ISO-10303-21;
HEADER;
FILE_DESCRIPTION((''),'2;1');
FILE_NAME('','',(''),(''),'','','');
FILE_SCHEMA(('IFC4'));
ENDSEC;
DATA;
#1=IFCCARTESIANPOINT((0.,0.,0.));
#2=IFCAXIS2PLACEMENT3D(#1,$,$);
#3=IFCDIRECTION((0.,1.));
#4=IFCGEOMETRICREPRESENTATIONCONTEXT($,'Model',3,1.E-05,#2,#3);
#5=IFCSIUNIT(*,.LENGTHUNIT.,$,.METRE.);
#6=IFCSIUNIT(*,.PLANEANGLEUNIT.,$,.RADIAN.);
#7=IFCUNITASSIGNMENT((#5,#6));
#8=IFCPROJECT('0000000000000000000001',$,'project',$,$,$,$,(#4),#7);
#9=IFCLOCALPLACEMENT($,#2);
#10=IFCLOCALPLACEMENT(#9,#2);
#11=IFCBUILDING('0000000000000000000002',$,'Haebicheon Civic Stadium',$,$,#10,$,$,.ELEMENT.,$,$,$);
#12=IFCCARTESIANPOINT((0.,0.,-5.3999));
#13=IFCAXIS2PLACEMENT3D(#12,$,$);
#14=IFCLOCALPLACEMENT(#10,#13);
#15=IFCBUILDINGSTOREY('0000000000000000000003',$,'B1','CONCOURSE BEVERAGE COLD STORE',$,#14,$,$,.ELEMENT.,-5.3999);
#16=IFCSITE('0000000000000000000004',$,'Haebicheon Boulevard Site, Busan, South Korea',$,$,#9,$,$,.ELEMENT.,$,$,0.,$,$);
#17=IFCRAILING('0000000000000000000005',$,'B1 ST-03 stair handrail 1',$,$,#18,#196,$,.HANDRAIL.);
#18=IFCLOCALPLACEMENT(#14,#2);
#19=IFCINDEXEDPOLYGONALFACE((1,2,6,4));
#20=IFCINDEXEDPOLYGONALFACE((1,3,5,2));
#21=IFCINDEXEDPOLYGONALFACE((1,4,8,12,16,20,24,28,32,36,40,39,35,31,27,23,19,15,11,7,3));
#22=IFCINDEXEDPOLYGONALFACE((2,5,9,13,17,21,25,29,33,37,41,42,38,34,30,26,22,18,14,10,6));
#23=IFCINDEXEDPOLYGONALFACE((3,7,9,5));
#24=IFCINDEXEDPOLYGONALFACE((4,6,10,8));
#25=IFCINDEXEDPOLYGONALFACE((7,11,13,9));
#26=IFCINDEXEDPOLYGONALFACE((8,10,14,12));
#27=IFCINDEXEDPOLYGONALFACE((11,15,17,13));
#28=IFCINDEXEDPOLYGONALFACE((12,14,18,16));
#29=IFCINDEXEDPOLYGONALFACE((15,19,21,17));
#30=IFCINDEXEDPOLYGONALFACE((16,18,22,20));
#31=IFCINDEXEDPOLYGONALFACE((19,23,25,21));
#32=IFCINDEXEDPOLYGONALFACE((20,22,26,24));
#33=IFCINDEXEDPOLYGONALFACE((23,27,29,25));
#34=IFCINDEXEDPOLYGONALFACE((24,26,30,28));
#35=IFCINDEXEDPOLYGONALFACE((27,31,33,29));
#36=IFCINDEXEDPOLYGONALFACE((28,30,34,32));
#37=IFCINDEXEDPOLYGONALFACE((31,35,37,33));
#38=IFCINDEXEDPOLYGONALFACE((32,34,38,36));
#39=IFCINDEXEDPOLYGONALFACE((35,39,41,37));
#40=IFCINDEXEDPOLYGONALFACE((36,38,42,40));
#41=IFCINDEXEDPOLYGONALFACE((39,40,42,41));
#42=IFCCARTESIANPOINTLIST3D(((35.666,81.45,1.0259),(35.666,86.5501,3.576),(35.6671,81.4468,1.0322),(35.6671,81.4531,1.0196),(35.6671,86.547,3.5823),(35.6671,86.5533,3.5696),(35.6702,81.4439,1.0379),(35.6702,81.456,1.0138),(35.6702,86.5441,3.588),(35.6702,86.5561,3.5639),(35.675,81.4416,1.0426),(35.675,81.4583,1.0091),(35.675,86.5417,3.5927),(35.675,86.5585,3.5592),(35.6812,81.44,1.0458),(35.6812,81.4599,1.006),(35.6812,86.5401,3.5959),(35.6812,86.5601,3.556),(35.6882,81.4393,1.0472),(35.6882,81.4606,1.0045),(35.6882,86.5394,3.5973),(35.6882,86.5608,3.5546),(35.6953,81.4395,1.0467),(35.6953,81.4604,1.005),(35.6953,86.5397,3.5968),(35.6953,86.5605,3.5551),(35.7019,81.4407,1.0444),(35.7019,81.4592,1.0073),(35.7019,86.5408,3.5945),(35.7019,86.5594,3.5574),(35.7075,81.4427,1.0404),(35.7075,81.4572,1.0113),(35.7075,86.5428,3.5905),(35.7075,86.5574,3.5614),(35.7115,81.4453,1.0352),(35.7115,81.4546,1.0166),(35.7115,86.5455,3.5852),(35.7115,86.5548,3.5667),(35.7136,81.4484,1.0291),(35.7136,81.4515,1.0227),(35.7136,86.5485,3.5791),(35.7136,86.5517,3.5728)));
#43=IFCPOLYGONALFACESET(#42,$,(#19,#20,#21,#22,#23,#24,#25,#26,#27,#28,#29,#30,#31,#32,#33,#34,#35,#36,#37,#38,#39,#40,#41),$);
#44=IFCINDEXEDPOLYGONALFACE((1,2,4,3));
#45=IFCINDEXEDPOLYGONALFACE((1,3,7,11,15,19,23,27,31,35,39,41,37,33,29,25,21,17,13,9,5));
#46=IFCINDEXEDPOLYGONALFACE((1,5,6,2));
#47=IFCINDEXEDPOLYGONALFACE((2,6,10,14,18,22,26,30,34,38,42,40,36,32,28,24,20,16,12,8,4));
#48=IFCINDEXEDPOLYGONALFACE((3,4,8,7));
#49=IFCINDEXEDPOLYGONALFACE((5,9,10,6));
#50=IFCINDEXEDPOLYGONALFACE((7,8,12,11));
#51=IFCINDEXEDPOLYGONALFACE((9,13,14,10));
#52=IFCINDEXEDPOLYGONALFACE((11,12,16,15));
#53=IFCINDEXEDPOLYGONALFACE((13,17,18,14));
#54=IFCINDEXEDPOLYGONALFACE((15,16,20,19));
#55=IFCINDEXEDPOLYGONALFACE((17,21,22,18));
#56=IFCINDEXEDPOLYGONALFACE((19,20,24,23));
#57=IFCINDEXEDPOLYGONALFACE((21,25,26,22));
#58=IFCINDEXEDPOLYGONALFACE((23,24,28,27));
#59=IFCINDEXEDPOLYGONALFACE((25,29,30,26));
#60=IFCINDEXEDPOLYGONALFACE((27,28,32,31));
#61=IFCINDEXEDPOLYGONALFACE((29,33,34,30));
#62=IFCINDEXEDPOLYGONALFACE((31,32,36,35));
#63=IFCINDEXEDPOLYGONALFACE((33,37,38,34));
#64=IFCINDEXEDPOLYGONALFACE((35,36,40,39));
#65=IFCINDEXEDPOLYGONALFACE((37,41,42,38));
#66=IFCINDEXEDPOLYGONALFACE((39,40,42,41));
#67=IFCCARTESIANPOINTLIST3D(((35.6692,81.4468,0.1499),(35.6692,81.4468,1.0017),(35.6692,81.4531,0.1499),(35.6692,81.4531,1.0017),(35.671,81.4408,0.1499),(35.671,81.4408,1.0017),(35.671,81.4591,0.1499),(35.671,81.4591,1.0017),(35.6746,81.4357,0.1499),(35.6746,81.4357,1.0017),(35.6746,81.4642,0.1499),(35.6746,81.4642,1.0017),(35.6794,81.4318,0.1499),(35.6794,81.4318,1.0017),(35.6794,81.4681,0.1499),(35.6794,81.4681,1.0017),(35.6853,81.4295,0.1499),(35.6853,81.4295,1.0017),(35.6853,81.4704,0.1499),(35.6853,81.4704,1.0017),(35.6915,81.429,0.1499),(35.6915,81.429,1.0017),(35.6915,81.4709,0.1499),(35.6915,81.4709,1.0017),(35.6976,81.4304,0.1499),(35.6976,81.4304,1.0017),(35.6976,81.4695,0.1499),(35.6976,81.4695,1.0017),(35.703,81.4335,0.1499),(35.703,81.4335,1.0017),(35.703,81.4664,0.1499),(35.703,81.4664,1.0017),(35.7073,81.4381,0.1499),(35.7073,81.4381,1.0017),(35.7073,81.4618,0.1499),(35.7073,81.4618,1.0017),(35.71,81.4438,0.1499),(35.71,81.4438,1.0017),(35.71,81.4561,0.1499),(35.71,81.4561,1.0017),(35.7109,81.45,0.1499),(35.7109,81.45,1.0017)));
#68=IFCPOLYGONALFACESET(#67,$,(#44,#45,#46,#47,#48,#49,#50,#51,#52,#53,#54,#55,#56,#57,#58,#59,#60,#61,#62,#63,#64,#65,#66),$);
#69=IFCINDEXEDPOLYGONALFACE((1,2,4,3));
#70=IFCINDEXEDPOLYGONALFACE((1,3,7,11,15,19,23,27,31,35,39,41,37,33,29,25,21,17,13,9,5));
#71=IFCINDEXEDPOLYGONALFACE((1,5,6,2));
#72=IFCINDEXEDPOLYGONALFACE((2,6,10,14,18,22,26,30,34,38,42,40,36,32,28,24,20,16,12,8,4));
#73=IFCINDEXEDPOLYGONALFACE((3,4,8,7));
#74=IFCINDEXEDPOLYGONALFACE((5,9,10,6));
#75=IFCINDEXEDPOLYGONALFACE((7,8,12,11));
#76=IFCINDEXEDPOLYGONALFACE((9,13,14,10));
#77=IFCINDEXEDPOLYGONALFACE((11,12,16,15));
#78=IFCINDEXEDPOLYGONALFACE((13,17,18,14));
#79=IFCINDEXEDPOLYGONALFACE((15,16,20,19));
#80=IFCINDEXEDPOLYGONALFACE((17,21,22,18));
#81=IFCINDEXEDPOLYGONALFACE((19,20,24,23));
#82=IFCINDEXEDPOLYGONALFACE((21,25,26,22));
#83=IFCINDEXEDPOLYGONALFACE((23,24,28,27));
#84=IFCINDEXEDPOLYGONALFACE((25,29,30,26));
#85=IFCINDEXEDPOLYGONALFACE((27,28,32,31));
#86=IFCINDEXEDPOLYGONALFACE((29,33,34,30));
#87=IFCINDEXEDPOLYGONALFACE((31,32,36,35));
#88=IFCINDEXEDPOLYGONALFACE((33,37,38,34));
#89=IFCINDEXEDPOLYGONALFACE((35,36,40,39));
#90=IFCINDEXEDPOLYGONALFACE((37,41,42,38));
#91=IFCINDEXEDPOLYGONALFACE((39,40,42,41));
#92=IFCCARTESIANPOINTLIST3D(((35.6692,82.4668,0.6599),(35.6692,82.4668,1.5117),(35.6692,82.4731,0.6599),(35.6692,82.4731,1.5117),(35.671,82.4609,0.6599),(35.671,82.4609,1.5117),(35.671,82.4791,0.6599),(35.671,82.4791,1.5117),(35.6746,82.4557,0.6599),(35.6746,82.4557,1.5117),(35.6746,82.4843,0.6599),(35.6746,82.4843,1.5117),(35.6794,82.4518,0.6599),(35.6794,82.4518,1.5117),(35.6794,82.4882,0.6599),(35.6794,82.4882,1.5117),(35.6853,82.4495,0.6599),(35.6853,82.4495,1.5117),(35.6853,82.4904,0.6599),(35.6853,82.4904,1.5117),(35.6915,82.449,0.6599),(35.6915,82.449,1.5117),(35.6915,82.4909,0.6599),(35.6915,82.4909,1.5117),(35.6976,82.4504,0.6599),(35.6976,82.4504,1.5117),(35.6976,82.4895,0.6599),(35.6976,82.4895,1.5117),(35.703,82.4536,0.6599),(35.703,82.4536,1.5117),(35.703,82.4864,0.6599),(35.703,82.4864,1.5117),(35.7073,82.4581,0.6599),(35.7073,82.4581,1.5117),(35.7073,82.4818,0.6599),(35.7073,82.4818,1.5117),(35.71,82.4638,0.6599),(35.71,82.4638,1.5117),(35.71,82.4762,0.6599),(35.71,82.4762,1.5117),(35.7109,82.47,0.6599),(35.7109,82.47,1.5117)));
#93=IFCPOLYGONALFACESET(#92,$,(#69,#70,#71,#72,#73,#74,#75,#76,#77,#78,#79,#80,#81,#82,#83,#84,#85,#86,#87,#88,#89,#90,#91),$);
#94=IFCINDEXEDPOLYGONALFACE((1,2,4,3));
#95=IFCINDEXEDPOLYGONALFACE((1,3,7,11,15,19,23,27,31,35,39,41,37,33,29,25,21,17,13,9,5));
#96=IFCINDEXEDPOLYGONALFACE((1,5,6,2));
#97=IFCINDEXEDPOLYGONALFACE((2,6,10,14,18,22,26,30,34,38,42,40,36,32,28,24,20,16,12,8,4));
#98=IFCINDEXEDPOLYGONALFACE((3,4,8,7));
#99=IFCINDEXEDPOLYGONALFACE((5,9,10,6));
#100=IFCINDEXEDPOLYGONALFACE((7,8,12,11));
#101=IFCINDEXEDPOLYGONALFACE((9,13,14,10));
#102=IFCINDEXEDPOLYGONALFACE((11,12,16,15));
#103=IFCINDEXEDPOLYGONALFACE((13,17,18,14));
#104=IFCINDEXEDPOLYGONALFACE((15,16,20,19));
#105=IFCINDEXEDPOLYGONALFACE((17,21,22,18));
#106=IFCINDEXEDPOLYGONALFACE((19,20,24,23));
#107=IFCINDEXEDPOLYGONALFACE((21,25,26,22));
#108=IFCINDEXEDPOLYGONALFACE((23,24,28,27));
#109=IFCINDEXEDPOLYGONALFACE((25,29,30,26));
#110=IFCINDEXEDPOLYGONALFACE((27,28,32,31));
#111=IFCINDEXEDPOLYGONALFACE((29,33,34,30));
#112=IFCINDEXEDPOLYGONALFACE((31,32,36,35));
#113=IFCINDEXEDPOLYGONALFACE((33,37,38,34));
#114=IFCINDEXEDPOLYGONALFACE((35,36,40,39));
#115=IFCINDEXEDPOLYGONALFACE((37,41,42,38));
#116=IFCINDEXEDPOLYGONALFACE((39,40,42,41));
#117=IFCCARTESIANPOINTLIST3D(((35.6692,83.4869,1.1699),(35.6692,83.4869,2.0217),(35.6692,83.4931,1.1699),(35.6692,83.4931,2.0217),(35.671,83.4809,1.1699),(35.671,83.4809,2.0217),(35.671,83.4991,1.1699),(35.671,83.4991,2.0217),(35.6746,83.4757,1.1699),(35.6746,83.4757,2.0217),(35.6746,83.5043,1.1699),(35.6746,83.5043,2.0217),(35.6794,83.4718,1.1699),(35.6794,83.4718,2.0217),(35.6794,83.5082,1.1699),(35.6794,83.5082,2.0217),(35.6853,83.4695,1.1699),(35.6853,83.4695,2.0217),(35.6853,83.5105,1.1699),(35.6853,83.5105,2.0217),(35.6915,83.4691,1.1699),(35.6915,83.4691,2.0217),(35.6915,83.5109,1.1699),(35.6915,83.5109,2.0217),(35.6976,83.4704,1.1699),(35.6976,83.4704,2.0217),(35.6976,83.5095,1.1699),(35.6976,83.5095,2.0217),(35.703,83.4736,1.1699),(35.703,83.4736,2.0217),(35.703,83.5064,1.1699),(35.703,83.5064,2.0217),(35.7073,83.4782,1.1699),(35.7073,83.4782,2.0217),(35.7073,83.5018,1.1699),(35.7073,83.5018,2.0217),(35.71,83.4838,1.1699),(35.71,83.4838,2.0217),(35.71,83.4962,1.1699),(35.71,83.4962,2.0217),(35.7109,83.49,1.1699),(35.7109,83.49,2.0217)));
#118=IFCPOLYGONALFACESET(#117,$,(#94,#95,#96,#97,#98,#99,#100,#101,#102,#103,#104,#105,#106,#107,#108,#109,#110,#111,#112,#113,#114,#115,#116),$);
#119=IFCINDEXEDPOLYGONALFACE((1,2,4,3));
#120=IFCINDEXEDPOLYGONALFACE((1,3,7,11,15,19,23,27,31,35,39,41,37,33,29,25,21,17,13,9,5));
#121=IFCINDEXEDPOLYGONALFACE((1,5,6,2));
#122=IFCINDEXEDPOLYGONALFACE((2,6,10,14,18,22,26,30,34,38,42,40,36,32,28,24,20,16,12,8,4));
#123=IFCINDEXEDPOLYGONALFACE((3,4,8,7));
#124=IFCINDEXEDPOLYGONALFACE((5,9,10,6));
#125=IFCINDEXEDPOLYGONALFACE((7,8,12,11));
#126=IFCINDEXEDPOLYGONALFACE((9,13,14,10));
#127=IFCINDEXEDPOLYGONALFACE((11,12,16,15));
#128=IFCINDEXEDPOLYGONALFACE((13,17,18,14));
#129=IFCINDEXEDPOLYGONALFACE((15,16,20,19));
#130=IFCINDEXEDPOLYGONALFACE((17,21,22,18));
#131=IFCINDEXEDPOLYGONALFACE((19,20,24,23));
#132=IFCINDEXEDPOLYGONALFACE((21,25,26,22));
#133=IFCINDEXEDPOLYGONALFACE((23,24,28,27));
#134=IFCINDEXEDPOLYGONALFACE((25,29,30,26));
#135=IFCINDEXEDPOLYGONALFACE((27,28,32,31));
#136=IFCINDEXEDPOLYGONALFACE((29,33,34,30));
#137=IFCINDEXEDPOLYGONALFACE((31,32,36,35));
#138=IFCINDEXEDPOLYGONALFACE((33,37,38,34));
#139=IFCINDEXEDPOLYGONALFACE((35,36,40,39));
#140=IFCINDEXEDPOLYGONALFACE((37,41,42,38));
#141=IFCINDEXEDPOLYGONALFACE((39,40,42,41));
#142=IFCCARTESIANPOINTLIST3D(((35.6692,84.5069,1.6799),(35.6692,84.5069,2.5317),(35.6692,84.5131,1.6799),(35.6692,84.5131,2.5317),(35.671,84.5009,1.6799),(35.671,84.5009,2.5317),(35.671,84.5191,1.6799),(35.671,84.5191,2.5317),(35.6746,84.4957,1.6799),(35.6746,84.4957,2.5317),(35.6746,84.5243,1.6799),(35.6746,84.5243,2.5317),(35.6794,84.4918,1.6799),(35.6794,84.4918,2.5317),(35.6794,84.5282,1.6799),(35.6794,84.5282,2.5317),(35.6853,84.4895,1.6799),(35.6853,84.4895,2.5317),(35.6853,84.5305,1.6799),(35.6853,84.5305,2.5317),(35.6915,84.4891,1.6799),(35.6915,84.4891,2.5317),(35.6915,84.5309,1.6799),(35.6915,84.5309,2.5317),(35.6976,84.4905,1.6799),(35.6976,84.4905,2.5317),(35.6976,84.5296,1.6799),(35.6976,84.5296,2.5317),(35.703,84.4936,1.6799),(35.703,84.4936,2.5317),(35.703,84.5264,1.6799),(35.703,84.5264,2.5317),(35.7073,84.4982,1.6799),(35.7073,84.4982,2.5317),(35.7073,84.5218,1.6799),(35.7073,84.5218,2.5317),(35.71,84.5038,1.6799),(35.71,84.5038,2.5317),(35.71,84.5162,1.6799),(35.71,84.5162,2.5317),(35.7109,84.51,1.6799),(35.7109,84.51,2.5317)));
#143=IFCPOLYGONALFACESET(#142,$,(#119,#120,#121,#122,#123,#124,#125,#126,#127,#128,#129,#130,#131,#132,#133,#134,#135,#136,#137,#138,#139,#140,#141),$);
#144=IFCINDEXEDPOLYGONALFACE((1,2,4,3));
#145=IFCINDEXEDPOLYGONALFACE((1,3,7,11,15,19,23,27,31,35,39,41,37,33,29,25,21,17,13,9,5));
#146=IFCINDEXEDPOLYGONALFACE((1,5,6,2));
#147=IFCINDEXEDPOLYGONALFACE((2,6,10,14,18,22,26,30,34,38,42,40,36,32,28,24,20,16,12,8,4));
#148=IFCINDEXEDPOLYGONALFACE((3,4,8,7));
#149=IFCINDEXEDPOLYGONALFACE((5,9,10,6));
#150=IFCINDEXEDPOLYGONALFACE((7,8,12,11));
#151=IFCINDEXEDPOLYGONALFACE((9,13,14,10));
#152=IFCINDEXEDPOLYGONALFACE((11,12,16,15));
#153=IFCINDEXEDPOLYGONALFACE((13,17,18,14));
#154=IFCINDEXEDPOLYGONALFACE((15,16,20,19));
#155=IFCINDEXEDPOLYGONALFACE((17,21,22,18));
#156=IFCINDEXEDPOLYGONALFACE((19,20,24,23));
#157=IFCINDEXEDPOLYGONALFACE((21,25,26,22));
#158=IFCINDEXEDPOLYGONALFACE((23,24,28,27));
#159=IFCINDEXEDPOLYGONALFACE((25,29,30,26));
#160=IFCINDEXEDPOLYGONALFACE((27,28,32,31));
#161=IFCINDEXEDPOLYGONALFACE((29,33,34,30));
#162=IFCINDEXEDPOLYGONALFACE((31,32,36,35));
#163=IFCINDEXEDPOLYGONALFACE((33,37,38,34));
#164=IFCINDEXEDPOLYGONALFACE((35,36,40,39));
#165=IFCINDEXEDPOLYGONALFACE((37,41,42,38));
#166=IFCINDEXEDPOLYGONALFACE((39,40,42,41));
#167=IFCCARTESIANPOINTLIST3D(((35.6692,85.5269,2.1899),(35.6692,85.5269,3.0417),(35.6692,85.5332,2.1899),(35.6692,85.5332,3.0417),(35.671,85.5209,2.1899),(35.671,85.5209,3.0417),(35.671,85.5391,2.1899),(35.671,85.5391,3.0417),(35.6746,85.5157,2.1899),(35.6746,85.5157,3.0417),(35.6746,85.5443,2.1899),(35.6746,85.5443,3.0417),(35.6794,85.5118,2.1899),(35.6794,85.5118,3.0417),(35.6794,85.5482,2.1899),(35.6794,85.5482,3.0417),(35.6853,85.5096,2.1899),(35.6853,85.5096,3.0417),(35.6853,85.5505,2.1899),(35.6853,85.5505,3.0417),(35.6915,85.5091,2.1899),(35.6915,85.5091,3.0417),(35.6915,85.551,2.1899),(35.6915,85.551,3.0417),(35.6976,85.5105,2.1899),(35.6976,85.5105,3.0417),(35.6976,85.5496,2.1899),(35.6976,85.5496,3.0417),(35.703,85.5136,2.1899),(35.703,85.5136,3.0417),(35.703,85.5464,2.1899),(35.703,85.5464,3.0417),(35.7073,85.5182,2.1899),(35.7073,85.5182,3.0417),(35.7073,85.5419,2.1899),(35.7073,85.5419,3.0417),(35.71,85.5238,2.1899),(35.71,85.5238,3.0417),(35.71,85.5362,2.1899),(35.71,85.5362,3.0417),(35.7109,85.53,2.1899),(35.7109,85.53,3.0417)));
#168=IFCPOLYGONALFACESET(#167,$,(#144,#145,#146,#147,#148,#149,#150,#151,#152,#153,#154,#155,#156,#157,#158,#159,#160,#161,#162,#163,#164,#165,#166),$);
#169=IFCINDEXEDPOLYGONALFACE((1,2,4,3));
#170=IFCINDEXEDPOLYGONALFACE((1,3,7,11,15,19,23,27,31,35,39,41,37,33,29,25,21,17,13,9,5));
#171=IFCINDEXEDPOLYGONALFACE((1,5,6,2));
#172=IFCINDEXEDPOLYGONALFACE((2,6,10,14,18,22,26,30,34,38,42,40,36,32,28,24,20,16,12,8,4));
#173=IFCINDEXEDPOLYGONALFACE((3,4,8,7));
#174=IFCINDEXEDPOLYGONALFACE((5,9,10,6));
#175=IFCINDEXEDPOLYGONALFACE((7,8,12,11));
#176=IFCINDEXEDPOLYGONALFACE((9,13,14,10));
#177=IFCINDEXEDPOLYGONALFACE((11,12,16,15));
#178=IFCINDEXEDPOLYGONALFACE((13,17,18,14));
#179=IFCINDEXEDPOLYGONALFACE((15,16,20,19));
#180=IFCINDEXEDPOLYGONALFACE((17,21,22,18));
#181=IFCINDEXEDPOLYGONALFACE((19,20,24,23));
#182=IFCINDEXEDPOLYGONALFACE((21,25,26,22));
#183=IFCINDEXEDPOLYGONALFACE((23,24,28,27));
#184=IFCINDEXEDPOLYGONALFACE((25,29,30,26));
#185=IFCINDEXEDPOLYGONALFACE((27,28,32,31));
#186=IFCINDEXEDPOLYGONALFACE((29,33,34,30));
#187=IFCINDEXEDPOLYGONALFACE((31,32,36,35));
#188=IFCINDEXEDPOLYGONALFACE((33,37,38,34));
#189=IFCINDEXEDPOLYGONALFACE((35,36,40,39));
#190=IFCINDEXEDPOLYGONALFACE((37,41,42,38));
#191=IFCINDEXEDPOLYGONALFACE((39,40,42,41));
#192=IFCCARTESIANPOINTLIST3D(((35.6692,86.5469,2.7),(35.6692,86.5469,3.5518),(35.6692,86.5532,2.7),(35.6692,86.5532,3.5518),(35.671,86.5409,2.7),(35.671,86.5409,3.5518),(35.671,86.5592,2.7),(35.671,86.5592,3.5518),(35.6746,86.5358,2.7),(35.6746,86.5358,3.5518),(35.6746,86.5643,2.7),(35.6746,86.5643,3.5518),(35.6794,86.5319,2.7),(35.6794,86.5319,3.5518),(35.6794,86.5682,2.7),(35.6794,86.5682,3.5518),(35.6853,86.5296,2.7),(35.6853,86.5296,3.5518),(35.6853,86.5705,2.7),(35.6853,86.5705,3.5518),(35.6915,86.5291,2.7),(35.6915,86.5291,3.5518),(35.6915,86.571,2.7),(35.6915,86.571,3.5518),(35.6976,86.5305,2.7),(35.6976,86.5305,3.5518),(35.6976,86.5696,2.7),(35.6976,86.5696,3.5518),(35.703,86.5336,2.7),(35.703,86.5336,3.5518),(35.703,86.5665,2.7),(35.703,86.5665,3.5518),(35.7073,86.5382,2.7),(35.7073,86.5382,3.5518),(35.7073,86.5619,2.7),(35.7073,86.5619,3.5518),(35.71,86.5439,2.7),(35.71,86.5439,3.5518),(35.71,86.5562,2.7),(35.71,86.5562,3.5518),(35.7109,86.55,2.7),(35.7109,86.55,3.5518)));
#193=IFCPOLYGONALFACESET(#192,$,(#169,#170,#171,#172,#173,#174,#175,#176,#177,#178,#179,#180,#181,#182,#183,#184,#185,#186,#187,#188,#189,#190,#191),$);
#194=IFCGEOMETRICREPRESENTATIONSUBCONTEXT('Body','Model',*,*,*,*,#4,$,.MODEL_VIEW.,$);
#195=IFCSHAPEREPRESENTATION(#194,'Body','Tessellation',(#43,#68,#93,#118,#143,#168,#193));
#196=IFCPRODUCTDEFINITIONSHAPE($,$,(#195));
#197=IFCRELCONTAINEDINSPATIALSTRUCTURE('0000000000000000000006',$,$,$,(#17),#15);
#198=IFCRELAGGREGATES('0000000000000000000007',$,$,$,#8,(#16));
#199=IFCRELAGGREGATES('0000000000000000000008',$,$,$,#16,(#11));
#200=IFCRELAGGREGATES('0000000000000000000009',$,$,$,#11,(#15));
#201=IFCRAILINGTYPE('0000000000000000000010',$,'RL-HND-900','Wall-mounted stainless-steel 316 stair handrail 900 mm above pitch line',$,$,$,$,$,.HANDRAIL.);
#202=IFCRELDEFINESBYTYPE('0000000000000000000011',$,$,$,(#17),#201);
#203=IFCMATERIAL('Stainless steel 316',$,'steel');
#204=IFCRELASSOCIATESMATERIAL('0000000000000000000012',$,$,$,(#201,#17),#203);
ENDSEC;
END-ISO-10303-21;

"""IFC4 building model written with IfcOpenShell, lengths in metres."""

from ifc_helpers import new_model, si_unit, direction, frame, origin, origin_2d, place, context, subcontext, project, spatial, circle, extrude, material, type_object, element, save


model = new_model("IFC4")

# Units and contexts
model_context = context("Model", 3, precision=1e-05, world=origin(), true_north=direction((0.0, 1.0)))
body_context = subcontext(model_context, "Body", "Model", "MODEL_VIEW")
ifc_project = project(units=[si_unit("LENGTHUNIT", "METRE"), si_unit("PLANEANGLEUNIT", "RADIAN")], contexts=[model_context])

# Site, building, storey
site_placement = place(None, origin())
site = spatial("IfcSite", under=ifc_project, at=site_placement, Name="Haebicheon Boulevard Site, Busan, South Korea", CompositionType="ELEMENT", RefElevation=0.0)
building_placement = place(site_placement, origin())
building = spatial("IfcBuilding", under=site, at=building_placement, Name="Haebicheon Civic Stadium", CompositionType="ELEMENT")
storey_placement = place(building_placement, frame((0.0, 0.0, -5.3999)))
storey = spatial("IfcBuildingStorey", under=building, at=storey_placement, Name="B1", Description="CONCOURSE BEVERAGE COLD STORE", CompositionType="ELEMENT", Elevation=-5.3999)

# Railing
ifc_material_1 = material(Name="Stainless steel 316", Category="steel")
railing_type_1 = type_object("IfcRailingType", Name="RL-HND-900", Description="Wall-mounted stainless-steel 316 stair handrail 900 mm above pitch line", PredefinedType="HANDRAIL", material=ifc_material_1)
railing_1_placement = place(storey_placement, frame((35.6899, 81.45, 0.1499)))
element("IfcRailing", 1, at=railing_1_placement, inside=storey, type_object=railing_type_1, material=ifc_material_1, Name="B1 ST-03 stair handrail 1", PredefinedType="HANDRAIL", context=body_context, shape_type="SweptSolid", body=[
    extrude(circle(Radius=0.0239, at=origin_2d()), frame((0.0, 0.0, 0.876), z_axis=(0.0, 0.894427, 0.447214), x_axis=(-1.0, 0.0, 0.0)), (0.0, 0.0, 1.0), 5.7021),
    extrude(circle(Radius=0.021, at=origin_2d()), origin(), (0.0, 0.0, 1.0), 0.8518),
    extrude(circle(Radius=0.021, at=origin_2d()), frame((0.0, 1.02, 0.51)), (0.0, 0.0, 1.0), 0.8518),
    extrude(circle(Radius=0.021, at=origin_2d()), frame((0.0, 2.04, 1.02)), (0.0, 0.0, 1.0), 0.8518),
    extrude(circle(Radius=0.021, at=origin_2d()), frame((0.0, 3.0601, 1.53)), (0.0, 0.0, 1.0), 0.8518),
    extrude(circle(Radius=0.021, at=origin_2d()), frame((0.0, 4.0801, 2.04)), (0.0, 0.0, 1.0), 0.8518),
    extrude(circle(Radius=0.021, at=origin_2d()), frame((0.0, 5.1001, 2.55)), (0.0, 0.0, 1.0), 0.8518),
])

save(model, "model.ifc")
